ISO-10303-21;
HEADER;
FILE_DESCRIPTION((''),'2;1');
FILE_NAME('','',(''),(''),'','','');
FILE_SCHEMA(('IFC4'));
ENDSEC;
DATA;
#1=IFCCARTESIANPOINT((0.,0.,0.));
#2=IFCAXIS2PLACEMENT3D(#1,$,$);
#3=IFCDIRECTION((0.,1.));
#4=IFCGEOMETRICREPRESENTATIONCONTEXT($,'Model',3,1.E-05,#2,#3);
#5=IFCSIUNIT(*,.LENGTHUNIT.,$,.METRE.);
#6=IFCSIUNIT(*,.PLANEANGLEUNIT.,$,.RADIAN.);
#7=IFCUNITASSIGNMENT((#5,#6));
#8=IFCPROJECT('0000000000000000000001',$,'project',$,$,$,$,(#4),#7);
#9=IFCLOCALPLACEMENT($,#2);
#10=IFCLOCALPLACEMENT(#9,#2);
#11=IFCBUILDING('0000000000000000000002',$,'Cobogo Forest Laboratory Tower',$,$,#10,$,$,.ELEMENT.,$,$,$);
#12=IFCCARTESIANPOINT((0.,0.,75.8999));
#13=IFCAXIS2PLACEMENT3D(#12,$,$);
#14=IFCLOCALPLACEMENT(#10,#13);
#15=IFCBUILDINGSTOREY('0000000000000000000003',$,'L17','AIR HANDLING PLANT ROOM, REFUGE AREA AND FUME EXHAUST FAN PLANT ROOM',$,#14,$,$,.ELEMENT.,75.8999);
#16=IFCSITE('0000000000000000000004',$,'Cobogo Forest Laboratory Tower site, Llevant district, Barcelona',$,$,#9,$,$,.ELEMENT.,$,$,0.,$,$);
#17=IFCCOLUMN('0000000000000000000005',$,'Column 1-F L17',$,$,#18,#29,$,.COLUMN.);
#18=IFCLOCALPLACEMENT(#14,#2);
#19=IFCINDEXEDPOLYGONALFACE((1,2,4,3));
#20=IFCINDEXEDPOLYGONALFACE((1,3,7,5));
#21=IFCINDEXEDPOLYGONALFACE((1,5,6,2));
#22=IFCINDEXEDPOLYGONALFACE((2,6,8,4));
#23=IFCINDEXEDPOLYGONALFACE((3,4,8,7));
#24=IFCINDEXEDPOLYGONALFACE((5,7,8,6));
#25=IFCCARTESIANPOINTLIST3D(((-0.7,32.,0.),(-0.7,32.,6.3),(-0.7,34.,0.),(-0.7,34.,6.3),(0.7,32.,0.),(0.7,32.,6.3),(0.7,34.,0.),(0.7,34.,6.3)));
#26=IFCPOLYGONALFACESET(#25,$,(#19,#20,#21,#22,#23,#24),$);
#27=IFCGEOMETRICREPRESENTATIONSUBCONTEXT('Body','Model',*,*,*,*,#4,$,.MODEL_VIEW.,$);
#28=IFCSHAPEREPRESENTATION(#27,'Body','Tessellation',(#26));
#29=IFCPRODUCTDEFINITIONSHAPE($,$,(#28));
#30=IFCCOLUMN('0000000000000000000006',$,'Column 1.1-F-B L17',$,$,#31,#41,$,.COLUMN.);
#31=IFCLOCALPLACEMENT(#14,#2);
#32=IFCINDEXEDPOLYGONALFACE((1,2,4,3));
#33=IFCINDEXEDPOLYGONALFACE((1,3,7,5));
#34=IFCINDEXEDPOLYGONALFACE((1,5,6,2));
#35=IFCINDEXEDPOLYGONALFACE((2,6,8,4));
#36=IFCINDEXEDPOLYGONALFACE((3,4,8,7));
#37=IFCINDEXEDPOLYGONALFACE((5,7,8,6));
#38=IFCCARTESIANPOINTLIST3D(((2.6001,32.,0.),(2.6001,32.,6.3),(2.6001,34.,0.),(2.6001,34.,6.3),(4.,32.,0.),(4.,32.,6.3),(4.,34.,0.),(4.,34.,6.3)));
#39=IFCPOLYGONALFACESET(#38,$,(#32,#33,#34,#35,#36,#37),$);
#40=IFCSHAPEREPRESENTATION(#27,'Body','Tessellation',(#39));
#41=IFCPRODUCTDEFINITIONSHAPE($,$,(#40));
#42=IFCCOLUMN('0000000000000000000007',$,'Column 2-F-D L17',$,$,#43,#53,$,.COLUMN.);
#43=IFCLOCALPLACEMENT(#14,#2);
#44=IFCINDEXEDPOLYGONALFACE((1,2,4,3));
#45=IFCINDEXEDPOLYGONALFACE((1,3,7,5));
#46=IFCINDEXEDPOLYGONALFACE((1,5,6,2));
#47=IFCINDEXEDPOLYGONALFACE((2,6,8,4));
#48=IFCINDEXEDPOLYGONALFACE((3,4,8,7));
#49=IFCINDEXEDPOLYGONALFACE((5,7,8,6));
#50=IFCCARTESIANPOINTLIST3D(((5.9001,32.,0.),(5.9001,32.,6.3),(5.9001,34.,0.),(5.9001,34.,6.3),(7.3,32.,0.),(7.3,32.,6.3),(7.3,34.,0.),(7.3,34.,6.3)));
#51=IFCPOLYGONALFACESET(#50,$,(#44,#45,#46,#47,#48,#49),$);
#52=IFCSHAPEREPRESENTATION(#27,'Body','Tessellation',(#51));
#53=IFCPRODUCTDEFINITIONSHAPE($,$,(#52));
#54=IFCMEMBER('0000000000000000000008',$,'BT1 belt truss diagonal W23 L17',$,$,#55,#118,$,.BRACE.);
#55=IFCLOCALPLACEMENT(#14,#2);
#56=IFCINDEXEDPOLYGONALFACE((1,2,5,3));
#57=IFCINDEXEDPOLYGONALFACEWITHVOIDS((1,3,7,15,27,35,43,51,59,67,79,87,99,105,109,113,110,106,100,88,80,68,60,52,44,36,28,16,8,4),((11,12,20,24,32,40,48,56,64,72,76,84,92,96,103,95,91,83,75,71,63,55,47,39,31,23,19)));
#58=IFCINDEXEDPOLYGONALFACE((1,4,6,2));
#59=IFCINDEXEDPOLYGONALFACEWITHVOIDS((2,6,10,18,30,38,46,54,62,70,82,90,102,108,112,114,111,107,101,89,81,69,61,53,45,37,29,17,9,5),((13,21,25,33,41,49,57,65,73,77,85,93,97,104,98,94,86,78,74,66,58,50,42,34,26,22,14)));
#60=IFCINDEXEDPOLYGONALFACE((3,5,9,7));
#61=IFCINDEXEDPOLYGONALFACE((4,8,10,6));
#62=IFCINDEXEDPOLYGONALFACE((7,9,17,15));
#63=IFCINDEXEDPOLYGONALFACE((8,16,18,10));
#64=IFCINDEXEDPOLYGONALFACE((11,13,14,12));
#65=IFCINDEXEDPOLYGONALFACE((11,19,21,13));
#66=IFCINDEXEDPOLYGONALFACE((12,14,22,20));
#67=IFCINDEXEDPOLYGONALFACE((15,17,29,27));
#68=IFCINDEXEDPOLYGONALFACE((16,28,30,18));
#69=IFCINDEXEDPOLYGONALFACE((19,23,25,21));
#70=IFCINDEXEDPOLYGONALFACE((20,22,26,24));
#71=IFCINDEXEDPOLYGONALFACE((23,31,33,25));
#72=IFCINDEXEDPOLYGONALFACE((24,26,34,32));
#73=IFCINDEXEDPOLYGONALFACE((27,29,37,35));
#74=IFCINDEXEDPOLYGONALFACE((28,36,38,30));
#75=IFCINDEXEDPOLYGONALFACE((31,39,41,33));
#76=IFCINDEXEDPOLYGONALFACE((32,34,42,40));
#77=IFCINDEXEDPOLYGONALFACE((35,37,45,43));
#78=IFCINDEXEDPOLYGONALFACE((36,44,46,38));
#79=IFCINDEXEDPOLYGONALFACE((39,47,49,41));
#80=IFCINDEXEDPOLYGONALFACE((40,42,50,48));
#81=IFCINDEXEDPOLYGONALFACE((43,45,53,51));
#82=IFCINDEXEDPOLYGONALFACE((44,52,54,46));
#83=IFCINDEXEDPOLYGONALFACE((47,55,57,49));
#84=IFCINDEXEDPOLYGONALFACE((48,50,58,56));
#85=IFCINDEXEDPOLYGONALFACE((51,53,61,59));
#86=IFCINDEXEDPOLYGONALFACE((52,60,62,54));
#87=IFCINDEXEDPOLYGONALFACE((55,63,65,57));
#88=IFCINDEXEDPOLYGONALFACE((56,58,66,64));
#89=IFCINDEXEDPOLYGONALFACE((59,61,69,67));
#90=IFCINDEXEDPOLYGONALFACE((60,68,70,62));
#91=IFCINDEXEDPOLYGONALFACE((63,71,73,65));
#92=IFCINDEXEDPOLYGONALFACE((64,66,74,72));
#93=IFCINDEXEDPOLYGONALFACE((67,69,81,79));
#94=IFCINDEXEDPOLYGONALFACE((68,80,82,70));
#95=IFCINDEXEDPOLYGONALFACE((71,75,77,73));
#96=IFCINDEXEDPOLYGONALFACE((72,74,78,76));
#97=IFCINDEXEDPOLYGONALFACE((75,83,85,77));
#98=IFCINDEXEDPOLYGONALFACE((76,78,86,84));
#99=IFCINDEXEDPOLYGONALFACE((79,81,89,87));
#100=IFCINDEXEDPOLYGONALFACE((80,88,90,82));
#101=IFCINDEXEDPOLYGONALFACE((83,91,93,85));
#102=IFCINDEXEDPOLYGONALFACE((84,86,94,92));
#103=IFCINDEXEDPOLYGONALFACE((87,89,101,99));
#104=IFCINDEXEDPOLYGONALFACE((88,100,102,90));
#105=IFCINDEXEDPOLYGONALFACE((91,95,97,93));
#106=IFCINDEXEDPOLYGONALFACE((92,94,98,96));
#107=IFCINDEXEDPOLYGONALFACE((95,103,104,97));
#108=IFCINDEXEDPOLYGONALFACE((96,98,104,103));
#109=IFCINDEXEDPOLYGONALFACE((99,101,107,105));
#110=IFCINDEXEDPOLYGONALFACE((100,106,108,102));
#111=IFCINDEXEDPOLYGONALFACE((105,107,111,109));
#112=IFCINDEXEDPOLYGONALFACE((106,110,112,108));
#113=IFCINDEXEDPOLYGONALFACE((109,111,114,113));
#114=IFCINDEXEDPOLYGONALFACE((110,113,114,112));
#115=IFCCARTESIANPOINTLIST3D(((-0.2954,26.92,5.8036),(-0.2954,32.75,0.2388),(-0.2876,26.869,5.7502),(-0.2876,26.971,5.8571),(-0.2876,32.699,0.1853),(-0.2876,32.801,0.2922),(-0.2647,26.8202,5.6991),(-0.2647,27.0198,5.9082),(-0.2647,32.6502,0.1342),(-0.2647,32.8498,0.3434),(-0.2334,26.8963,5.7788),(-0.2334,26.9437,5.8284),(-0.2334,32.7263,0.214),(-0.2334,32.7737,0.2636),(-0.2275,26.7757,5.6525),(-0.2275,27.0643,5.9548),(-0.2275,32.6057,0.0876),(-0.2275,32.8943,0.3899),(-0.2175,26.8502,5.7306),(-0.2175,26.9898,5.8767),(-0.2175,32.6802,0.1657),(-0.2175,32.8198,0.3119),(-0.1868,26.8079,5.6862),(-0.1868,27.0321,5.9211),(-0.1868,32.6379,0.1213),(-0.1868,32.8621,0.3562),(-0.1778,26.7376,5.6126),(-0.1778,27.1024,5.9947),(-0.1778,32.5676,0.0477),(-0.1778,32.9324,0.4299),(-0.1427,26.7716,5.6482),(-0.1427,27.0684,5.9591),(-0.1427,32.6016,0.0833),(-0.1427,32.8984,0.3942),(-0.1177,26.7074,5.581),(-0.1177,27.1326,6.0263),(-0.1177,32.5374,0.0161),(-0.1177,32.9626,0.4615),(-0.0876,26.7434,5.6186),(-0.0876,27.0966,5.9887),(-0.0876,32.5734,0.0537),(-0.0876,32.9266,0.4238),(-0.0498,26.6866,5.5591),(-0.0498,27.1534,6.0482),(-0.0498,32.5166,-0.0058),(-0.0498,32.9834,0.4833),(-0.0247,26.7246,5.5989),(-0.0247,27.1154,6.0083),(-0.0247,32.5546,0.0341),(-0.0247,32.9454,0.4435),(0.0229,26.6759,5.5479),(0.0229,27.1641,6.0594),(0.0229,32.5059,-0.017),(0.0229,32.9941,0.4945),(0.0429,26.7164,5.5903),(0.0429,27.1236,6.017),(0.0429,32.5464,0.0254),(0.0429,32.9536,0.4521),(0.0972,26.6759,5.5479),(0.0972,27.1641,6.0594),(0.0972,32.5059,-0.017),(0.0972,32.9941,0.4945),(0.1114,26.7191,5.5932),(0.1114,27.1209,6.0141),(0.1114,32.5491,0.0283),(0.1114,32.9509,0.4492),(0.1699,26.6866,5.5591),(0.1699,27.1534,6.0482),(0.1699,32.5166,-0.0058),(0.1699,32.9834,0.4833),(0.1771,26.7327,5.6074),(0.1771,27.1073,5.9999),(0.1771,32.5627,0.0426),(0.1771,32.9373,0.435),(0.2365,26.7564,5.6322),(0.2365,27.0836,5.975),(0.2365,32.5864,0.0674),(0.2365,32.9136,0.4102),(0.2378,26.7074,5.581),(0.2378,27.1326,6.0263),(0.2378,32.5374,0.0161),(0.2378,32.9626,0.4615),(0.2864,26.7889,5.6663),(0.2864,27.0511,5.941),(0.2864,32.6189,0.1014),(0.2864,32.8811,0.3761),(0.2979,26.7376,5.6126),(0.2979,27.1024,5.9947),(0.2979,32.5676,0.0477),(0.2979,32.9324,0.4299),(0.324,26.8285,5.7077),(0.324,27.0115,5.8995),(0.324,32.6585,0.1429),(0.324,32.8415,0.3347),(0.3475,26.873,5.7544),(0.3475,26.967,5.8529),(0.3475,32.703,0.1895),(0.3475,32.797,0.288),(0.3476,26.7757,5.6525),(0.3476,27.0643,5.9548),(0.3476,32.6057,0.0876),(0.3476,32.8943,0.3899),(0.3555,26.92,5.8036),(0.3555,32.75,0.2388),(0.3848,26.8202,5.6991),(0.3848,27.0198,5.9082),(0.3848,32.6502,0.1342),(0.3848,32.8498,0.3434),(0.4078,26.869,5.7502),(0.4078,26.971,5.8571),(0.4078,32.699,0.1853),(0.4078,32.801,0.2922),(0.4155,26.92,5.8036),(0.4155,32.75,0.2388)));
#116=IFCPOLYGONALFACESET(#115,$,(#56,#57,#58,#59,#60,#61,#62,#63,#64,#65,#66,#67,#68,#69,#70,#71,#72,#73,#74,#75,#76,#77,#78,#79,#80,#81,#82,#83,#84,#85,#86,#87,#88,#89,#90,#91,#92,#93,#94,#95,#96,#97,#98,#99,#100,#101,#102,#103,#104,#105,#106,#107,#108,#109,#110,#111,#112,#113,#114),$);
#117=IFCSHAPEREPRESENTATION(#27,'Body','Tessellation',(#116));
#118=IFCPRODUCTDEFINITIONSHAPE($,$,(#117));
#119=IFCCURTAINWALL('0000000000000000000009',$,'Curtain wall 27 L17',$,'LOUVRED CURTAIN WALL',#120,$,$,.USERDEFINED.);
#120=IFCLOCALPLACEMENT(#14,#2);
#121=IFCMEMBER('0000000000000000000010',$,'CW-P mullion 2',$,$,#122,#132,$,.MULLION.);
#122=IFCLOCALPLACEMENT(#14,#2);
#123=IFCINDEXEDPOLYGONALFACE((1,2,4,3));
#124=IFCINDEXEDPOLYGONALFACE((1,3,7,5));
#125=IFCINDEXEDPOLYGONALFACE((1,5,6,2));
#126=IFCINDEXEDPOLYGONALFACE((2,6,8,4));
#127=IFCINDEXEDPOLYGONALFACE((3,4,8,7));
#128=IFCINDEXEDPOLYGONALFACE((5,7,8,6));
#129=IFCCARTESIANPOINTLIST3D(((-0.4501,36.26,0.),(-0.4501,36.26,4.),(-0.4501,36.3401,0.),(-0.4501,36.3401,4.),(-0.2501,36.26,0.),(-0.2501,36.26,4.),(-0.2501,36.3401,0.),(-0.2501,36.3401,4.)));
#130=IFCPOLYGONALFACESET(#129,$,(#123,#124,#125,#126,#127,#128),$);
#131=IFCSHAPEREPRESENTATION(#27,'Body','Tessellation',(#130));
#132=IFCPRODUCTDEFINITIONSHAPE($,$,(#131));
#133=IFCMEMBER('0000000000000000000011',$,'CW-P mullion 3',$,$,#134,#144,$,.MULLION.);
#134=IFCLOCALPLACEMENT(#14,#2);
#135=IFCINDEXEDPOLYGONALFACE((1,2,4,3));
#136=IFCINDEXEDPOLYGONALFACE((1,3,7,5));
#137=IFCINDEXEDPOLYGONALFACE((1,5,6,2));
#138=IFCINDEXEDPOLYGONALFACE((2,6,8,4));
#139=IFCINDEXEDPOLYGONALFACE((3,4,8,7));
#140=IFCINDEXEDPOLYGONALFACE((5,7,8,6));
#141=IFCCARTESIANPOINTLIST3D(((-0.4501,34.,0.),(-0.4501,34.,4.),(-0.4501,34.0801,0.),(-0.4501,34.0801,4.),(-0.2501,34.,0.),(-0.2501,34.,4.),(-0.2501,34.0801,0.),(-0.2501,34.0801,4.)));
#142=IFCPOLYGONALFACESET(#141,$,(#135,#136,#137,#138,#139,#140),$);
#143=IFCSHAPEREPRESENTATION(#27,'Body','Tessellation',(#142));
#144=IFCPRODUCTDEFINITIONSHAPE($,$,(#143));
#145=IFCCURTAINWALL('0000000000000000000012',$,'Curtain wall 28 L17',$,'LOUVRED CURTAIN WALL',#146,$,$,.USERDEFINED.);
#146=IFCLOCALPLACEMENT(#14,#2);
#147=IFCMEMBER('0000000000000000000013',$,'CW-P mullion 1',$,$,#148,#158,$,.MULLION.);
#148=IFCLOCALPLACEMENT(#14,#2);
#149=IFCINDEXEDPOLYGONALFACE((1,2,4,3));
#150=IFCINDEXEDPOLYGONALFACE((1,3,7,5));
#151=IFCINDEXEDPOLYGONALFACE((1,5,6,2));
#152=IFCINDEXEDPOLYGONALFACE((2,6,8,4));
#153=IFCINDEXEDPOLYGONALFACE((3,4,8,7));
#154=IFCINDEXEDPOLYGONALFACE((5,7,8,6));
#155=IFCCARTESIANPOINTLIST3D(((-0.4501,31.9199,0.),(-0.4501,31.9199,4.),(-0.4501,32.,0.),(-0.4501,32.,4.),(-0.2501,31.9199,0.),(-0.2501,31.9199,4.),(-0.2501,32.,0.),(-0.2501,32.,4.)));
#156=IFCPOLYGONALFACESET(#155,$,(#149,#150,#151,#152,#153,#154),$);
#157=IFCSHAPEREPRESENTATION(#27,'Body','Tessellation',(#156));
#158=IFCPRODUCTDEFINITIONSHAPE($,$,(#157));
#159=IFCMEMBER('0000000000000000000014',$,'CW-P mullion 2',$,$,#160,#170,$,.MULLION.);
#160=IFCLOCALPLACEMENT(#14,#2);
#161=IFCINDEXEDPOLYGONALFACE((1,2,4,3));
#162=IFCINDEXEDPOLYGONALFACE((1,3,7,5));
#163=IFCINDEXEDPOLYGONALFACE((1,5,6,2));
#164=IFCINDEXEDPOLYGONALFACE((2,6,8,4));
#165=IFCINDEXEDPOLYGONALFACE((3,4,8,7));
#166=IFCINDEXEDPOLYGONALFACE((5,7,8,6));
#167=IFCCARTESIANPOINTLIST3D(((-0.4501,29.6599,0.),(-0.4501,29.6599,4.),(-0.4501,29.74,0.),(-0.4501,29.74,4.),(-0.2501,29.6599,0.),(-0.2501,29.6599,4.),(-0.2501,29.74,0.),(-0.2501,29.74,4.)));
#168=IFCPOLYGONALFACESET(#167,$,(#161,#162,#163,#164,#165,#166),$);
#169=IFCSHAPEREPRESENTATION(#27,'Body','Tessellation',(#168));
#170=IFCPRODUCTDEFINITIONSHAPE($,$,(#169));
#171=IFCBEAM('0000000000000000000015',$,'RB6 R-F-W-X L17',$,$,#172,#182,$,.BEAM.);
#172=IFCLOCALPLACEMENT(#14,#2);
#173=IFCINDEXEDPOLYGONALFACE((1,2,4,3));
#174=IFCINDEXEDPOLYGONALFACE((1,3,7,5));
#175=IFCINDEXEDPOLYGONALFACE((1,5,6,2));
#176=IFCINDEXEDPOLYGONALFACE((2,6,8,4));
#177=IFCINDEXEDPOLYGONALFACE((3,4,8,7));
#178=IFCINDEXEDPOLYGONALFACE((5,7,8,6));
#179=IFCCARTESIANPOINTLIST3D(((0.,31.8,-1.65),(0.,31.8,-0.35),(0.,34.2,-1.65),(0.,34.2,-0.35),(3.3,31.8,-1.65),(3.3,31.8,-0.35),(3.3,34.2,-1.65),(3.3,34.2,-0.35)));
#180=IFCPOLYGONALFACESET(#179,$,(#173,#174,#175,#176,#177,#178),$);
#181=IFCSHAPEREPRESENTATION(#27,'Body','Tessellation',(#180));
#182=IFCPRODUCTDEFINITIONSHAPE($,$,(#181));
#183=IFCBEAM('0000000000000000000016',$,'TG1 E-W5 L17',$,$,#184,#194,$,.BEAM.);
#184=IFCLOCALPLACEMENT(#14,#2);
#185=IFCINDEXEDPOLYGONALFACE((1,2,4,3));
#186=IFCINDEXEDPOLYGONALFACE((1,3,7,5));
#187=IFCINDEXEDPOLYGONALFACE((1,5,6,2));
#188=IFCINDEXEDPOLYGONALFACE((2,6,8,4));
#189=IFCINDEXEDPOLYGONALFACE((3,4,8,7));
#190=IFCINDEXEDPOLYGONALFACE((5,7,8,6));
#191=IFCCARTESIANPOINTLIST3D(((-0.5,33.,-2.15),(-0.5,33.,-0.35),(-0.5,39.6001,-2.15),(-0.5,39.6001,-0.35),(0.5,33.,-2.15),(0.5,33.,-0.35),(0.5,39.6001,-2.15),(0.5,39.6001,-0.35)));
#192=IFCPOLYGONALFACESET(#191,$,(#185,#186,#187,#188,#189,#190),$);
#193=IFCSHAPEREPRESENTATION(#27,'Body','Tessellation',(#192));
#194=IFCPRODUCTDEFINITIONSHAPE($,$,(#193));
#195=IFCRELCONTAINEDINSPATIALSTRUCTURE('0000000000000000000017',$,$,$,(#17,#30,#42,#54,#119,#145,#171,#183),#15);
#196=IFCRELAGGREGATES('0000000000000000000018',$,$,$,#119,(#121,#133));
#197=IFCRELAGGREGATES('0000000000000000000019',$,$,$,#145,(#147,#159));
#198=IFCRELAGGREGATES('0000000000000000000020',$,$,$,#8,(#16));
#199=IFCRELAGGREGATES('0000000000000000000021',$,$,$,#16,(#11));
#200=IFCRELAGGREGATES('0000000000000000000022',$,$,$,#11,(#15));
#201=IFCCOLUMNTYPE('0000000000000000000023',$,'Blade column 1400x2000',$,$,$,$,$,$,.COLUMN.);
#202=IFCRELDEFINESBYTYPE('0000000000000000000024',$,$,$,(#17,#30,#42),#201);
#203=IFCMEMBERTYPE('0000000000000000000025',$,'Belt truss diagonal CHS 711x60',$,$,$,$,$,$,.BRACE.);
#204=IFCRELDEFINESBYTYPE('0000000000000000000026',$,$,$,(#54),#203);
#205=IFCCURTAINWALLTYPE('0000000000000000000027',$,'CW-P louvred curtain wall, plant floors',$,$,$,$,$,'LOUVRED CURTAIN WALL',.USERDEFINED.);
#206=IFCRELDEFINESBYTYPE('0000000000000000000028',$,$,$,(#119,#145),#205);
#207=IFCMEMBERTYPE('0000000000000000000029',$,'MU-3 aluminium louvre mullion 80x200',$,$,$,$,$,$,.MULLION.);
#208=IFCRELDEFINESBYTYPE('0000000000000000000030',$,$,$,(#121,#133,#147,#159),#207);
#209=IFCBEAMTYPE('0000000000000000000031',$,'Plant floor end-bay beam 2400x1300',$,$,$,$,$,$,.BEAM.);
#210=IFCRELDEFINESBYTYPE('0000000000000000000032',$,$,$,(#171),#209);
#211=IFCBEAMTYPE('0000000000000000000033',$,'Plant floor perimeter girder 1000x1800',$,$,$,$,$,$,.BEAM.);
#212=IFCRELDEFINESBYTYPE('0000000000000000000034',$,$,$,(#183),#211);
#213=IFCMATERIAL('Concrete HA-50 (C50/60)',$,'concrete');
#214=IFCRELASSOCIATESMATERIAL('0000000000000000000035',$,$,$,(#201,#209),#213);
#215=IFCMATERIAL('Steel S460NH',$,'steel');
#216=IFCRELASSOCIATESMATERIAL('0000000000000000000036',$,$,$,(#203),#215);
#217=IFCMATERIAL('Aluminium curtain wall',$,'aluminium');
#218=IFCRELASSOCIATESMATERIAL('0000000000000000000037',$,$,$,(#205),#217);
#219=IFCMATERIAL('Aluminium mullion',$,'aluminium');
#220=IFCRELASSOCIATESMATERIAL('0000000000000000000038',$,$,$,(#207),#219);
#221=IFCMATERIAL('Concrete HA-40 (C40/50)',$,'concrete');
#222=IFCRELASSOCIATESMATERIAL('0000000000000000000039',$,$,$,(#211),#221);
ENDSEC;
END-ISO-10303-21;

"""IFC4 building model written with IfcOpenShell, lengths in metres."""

from ifc_helpers import new_model, si_unit, direction, frame, origin, origin_2d, place, context, subcontext, project, spatial, rectangle, hollow_circle, extrude, material, material_profile, profile_set, type_object, element, aggregate, save


model = new_model("IFC4")

# Units and contexts
model_context = context("Model", 3, precision=1e-05, world=origin(), true_north=direction((0.0, 1.0)))
body_context = subcontext(model_context, "Body", "Model", "MODEL_VIEW")
ifc_project = project(units=[si_unit("LENGTHUNIT", "METRE"), si_unit("PLANEANGLEUNIT", "RADIAN")], contexts=[model_context])

# Site, building, storey
site_placement = place(None, origin())
site = spatial("IfcSite", under=ifc_project, at=site_placement, Name="Cobogo Forest Laboratory Tower site, Llevant district, Barcelona", CompositionType="ELEMENT", RefElevation=0.0)
building_placement = place(site_placement, origin())
building = spatial("IfcBuilding", under=site, at=building_placement, Name="Cobogo Forest Laboratory Tower", CompositionType="ELEMENT")
storey_placement = place(building_placement, frame((0.0, 0.0, 75.8999)))
storey = spatial("IfcBuildingStorey", under=building, at=storey_placement, Name="L17", Description="AIR HANDLING PLANT ROOM, REFUGE AREA AND FUME EXHAUST FAN PLANT ROOM", CompositionType="ELEMENT", Elevation=75.8999)

# Columns
ifc_material_1 = material(Name="Concrete HA-50 (C50/60)", Category="concrete")
ifc_material_profile_1 = material_profile(ifc_material_1, rectangle(XDim=2.0, YDim=1.3999, at=origin_2d()), Name="RC 1400x2000")
ifc_profile_set_1 = profile_set([ifc_material_profile_1], Name="Concrete HA-50 (C50/60)")
column_type = type_object("IfcColumnType", Name="Blade column 1400x2000", PredefinedType="COLUMN", material=ifc_profile_set_1)
for number, where, z_axis, x_axis, name in (
    (1, (0.0, 33.0, 0.0), (0.0, 0.0, 1.0), (0.0, 1.0, 0.0), "Column 1-F L17"),
    (2, (3.3, 33.0, 0.0), (0.0, 0.0, 1.0), (0.0, 1.0, 0.0), "Column 1.1-F-B L17"),
    (3, (6.6001, 33.0, 0.0), (0.0, 0.0, 1.0), (0.0, 1.0, 0.0), "Column 2-F-D L17"),
):
    element("IfcColumn", number, at=place(storey_placement, frame(where, z_axis=z_axis, x_axis=x_axis)), inside=storey, type_object=column_type, Name=name, PredefinedType="COLUMN", context=body_context, shape_type="SweptSolid", body=[
        extrude(rectangle(XDim=2.0, YDim=1.3999, at=origin_2d()), origin(), (0.0, 0.0, 1.0), 6.3),
    ])

# Member
ifc_material_2 = material(Name="Steel S460NH", Category="steel")
ifc_material_profile_2 = material_profile(ifc_material_2, hollow_circle(Radius=0.3555, WallThickness=0.0601, at=origin_2d()), Name="CHS 711x60")
ifc_profile_set_2 = profile_set([ifc_material_profile_2], Name="Steel S460NH")
member_type_1 = type_object("IfcMemberType", Name="Belt truss diagonal CHS 711x60", PredefinedType="BRACE", material=ifc_profile_set_2)
member_1_placement = place(storey_placement, frame((0.0601, 32.75, 0.2388), z_axis=(0.0, -0.723364, 0.690467), x_axis=(1.0, 0.0, 0.0)))
element("IfcMember", 4, at=member_1_placement, inside=storey, type_object=member_type_1, Name="BT1 belt truss diagonal W23 L17", PredefinedType="BRACE", context=body_context, shape_type="SweptSolid", body=[
    extrude(hollow_circle(Radius=0.3555, WallThickness=0.0601, at=origin_2d()), origin(), (0.0, 0.0, 1.0), 8.0596),
])

# Curtain walls, members
ifc_material_3 = material(Name="Aluminium curtain wall", Category="aluminium")
curtain_wall_type = type_object("IfcCurtainWallType", Name="CW-P louvred curtain wall, plant floors", ElementType="LOUVRED CURTAIN WALL", PredefinedType="USERDEFINED", material=ifc_material_3)
curtain_wall_1_placement = place(storey_placement, origin())
curtain_wall_1 = element("IfcCurtainWall", 5, at=curtain_wall_1_placement, inside=storey, type_object=curtain_wall_type, Name="Curtain wall 27 L17", ObjectType="LOUVRED CURTAIN WALL", PredefinedType="USERDEFINED")
ifc_material_4 = material(Name="Aluminium mullion", Category="aluminium")
ifc_material_profile_3 = material_profile(ifc_material_4, rectangle(XDim=0.0801, YDim=0.2, at=origin_2d()), Name="AL 80x200")
ifc_profile_set_3 = profile_set([ifc_material_profile_3], Name="Aluminium mullion")
member_type_2 = type_object("IfcMemberType", Name="MU-3 aluminium louvre mullion 80x200", PredefinedType="MULLION", material=ifc_profile_set_3)
member_2_placement = place(storey_placement, frame((-0.3501, 36.3, 0.0), z_axis=(0.0, 0.0, 1.0), x_axis=(0.0, -1.0, 0.0)))
member_2 = element("IfcMember", 6, at=member_2_placement, type_object=member_type_2, Name="CW-P mullion 2", PredefinedType="MULLION", context=body_context, shape_type="SweptSolid", body=[
    extrude(rectangle(XDim=0.0801, YDim=0.2, at=origin_2d()), origin(), (0.0, 0.0, 1.0), 4.0),
])
member_3_placement = place(storey_placement, frame((-0.3501, 34.04, 0.0), z_axis=(0.0, 0.0, 1.0), x_axis=(0.0, -1.0, 0.0)))
member_3 = element("IfcMember", 7, at=member_3_placement, type_object=member_type_2, Name="CW-P mullion 3", PredefinedType="MULLION", context=body_context, shape_type="SweptSolid", body=[
    extrude(rectangle(XDim=0.0801, YDim=0.2, at=origin_2d()), origin(), (0.0, 0.0, 1.0), 4.0),
])
curtain_wall_2_placement = place(storey_placement, origin())
curtain_wall_2 = element("IfcCurtainWall", 8, at=curtain_wall_2_placement, inside=storey, type_object=curtain_wall_type, Name="Curtain wall 28 L17", ObjectType="LOUVRED CURTAIN WALL", PredefinedType="USERDEFINED")
member_4_placement = place(storey_placement, frame((-0.3501, 31.96, 0.0), z_axis=(0.0, 0.0, 1.0), x_axis=(0.0, -1.0, 0.0)))
member_4 = element("IfcMember", 9, at=member_4_placement, type_object=member_type_2, Name="CW-P mullion 1", PredefinedType="MULLION", context=body_context, shape_type="SweptSolid", body=[
    extrude(rectangle(XDim=0.0801, YDim=0.2, at=origin_2d()), origin(), (0.0, 0.0, 1.0), 4.0),
])
member_5_placement = place(storey_placement, frame((-0.3501, 29.7, 0.0), z_axis=(0.0, 0.0, 1.0), x_axis=(0.0, -1.0, 0.0)))
member_5 = element("IfcMember", 10, at=member_5_placement, type_object=member_type_2, Name="CW-P mullion 2", PredefinedType="MULLION", context=body_context, shape_type="SweptSolid", body=[
    extrude(rectangle(XDim=0.0801, YDim=0.2, at=origin_2d()), origin(), (0.0, 0.0, 1.0), 4.0),
])

# Beams
ifc_material_profile_4 = material_profile(ifc_material_1, rectangle(XDim=2.3999, YDim=1.3, at=origin_2d()), Name="RC 2400x1300")
ifc_profile_set_4 = profile_set([ifc_material_profile_4], Name="Concrete HA-50 (C50/60)")
beam_type_1 = type_object("IfcBeamType", Name="Plant floor end-bay beam 2400x1300", PredefinedType="BEAM", material=ifc_profile_set_4)
beam_1_placement = place(storey_placement, frame((0.0, 33.0, -1.0), z_axis=(1.0, 0.0, 0.0), x_axis=(0.0, 1.0, 0.0)))
element("IfcBeam", 11, at=beam_1_placement, inside=storey, type_object=beam_type_1, Name="RB6 R-F-W-X L17", PredefinedType="BEAM", context=body_context, shape_type="SweptSolid", body=[
    extrude(rectangle(XDim=2.3999, YDim=1.3, at=origin_2d()), origin(), (0.0, 0.0, 1.0), 3.3),
])
ifc_material_5 = material(Name="Concrete HA-40 (C40/50)", Category="concrete")
ifc_material_profile_5 = material_profile(ifc_material_5, rectangle(XDim=1.0, YDim=1.8, at=origin_2d()), Name="RC 1000x1800")
ifc_profile_set_5 = profile_set([ifc_material_profile_5], Name="Concrete HA-40 (C40/50)")
beam_type_2 = type_object("IfcBeamType", Name="Plant floor perimeter girder 1000x1800", PredefinedType="BEAM", material=ifc_profile_set_5)
beam_2_placement = place(storey_placement, frame((0.0, 33.0, -1.25), z_axis=(0.0, 1.0, 0.0), x_axis=(-1.0, 0.0, 0.0)))
element("IfcBeam", 12, at=beam_2_placement, inside=storey, type_object=beam_type_2, Name="TG1 E-W5 L17", PredefinedType="BEAM", context=body_context, shape_type="SweptSolid", body=[
    extrude(rectangle(XDim=1.0, YDim=1.8, at=origin_2d()), origin(), (0.0, 0.0, 1.0), 6.6001),
])

aggregate(curtain_wall_1, [member_2, member_3])
aggregate(curtain_wall_2, [member_4, member_5])

save(model, "model.ifc")
